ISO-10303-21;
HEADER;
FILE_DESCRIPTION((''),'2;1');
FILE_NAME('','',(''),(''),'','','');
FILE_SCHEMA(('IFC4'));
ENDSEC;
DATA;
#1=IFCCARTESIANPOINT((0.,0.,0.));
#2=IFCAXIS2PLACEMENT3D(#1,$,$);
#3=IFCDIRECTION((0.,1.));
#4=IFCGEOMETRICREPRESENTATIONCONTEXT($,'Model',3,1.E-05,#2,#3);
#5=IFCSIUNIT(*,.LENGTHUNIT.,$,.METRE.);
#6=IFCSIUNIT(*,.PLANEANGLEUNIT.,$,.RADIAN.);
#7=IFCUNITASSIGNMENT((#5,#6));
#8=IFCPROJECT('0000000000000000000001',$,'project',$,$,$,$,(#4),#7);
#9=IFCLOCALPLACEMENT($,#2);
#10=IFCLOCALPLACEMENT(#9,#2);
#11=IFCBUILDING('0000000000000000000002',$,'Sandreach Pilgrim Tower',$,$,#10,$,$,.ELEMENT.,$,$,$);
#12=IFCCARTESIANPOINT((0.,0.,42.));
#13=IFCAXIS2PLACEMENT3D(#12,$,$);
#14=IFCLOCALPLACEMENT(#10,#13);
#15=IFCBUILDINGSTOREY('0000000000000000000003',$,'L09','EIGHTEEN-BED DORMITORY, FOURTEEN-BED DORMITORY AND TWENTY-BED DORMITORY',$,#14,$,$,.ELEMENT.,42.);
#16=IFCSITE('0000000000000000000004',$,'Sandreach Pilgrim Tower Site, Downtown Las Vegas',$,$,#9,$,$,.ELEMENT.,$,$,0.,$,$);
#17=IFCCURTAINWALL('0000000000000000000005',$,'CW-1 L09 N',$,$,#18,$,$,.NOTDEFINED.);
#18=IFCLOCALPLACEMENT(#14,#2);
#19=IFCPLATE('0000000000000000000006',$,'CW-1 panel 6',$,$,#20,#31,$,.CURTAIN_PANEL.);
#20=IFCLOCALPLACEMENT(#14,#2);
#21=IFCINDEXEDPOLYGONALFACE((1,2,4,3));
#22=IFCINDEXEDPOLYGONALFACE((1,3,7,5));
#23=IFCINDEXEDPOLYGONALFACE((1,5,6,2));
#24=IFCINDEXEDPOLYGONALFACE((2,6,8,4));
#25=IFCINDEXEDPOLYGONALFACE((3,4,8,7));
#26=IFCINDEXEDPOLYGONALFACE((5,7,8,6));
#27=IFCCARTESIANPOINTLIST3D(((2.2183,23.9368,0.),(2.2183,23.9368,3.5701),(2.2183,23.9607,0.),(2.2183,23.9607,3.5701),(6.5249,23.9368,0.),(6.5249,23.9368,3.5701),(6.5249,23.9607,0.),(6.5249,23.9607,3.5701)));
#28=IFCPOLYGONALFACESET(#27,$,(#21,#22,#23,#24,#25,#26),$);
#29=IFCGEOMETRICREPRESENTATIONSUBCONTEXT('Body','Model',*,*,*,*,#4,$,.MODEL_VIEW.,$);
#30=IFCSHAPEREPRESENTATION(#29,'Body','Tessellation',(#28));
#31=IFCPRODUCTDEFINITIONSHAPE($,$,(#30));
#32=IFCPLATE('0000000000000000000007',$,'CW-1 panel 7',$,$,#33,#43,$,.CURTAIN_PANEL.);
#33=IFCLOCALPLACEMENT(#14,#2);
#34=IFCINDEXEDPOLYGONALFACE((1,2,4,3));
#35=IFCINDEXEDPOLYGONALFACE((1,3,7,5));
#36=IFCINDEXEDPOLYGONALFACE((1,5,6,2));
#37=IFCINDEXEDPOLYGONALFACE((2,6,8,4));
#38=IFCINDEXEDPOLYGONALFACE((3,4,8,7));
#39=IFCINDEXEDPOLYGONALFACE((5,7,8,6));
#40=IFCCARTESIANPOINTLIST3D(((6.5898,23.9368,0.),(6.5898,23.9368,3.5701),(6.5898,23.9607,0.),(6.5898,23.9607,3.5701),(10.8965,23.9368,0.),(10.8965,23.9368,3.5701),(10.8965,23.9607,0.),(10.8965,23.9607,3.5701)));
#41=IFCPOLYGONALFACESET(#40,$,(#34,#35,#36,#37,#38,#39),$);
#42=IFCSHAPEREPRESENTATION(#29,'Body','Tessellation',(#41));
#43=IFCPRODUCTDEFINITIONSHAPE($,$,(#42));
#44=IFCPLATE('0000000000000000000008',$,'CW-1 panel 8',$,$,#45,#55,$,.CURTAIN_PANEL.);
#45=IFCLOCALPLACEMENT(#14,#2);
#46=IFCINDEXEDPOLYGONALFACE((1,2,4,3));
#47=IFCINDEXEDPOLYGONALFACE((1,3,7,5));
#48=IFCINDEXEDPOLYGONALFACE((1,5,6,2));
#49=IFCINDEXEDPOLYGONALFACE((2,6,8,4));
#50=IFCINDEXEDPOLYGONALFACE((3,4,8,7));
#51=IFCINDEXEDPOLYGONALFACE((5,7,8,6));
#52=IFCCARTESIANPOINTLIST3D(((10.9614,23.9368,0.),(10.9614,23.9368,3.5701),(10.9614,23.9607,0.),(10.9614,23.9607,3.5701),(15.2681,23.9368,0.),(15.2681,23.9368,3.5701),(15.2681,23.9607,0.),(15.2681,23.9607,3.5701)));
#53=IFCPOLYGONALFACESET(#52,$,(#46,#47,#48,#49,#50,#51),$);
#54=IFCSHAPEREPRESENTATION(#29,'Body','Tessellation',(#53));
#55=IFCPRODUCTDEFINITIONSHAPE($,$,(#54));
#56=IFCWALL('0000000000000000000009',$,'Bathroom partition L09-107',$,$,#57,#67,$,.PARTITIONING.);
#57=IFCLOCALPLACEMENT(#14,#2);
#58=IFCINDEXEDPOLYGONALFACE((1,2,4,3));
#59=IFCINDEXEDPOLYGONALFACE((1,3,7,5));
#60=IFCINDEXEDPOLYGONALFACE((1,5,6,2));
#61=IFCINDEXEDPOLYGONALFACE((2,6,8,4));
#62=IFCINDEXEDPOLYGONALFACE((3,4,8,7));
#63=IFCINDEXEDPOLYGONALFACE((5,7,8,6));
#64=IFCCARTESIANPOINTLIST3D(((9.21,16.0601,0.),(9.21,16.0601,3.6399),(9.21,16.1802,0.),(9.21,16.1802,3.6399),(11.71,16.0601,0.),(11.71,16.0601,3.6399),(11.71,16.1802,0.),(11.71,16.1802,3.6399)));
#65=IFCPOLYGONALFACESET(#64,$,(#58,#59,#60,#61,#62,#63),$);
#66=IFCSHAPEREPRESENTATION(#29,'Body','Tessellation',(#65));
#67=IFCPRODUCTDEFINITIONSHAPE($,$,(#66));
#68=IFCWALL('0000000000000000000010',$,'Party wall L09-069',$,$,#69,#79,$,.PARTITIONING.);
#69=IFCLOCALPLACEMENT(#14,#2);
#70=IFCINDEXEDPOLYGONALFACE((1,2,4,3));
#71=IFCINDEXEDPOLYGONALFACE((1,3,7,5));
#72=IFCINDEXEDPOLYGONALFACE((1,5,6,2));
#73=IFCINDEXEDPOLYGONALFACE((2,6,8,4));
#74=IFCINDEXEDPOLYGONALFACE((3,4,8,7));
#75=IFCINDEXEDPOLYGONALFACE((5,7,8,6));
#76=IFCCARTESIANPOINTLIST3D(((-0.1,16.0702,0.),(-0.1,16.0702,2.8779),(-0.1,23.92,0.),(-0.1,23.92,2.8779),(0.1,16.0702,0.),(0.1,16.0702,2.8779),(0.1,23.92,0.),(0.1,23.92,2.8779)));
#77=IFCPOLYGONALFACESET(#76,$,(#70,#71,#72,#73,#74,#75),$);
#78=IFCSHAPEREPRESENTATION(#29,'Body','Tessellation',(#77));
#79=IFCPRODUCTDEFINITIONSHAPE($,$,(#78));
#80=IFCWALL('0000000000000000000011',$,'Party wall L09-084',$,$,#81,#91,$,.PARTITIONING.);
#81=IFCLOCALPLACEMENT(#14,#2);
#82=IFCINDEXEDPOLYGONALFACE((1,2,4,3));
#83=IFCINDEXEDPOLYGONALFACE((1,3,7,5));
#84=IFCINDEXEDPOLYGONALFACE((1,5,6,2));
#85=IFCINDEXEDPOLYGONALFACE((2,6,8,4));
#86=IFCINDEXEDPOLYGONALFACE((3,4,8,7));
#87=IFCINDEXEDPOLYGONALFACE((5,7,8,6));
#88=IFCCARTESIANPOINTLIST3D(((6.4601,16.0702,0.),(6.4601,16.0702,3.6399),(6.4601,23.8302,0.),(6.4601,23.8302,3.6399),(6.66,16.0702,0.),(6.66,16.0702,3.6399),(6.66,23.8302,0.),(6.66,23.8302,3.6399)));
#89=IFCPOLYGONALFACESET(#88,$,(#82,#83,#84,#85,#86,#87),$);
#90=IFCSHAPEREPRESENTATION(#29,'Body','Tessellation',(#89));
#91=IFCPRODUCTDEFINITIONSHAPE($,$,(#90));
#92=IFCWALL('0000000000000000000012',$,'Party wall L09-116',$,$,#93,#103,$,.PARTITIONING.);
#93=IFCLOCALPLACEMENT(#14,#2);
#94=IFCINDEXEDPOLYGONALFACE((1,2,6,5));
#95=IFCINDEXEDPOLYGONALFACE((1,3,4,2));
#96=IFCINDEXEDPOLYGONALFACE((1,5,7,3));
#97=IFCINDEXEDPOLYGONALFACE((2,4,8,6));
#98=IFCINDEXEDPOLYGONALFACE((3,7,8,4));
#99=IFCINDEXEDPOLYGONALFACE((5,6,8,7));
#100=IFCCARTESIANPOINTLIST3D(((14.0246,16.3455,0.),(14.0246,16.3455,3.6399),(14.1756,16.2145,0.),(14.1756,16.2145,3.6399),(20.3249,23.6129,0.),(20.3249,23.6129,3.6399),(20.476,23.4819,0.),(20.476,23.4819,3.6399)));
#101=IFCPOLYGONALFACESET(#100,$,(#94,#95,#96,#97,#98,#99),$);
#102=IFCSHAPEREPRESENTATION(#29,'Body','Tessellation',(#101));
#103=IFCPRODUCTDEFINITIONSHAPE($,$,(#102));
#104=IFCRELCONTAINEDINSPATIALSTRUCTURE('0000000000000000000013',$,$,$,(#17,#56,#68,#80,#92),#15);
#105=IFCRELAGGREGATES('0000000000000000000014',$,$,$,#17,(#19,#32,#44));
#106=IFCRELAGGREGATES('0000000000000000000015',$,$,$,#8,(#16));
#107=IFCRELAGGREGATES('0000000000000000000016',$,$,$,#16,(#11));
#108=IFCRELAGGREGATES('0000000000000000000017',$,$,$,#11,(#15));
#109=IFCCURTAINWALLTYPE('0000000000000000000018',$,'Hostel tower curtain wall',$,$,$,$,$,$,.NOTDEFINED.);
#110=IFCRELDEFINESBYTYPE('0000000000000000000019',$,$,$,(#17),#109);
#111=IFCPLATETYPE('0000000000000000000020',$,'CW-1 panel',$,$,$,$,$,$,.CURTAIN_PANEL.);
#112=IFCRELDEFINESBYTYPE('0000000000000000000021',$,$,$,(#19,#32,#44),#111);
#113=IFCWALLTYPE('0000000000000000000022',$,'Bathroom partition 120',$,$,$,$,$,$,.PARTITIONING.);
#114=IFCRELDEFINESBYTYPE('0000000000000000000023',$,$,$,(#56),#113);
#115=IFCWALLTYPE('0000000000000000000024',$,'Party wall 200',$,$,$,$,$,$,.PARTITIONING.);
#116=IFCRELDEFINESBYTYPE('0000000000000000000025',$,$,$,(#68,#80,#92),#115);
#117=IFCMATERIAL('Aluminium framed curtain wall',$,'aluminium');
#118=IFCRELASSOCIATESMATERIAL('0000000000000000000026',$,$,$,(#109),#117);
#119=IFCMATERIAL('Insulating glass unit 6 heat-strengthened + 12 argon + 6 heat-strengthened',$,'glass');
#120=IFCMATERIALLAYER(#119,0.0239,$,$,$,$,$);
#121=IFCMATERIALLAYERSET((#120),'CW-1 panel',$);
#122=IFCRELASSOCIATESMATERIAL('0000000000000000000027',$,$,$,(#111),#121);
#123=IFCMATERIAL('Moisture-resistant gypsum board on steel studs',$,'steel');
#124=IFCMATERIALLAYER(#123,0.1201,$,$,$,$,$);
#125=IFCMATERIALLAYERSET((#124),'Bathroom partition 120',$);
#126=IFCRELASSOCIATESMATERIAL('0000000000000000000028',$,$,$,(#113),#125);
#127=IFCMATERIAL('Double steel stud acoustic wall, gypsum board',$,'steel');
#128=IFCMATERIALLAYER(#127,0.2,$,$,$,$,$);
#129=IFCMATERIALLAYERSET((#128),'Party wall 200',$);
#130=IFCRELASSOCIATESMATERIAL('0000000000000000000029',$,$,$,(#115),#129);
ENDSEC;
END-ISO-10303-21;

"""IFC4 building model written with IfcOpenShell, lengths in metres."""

from ifc_helpers import new_model, si_unit, direction, frame, frame_2d, origin, origin_2d, place, context, subcontext, project, spatial, rectangle, extrude, material, layer, layer_set, type_object, element, aggregate, save


model = new_model("IFC4")

# Units and contexts
model_context = context("Model", 3, precision=1e-05, world=origin(), true_north=direction((0.0, 1.0)))
body_context = subcontext(model_context, "Body", "Model", "MODEL_VIEW")
ifc_project = project(units=[si_unit("LENGTHUNIT", "METRE"), si_unit("PLANEANGLEUNIT", "RADIAN")], contexts=[model_context])

# Site, building, storey
site_placement = place(None, origin())
site = spatial("IfcSite", under=ifc_project, at=site_placement, Name="Sandreach Pilgrim Tower Site, Downtown Las Vegas", CompositionType="ELEMENT", RefElevation=0.0)
building_placement = place(site_placement, origin())
building = spatial("IfcBuilding", under=site, at=building_placement, Name="Sandreach Pilgrim Tower", CompositionType="ELEMENT")
storey_placement = place(building_placement, frame((0.0, 0.0, 42.0)))
storey = spatial("IfcBuildingStorey", under=building, at=storey_placement, Name="L09", Description="EIGHTEEN-BED DORMITORY, FOURTEEN-BED DORMITORY AND TWENTY-BED DORMITORY", CompositionType="ELEMENT", Elevation=42.0)

# Curtain wall
ifc_material_1 = material(Name="Aluminium framed curtain wall", Category="aluminium")
curtain_wall_type = type_object("IfcCurtainWallType", Name="Hostel tower curtain wall", PredefinedType="NOTDEFINED", material=ifc_material_1)
curtain_wall_placement = place(storey_placement, origin())
curtain_wall = element("IfcCurtainWall", 1, at=curtain_wall_placement, inside=storey, type_object=curtain_wall_type, Name="CW-1 L09 N", PredefinedType="NOTDEFINED")

# Plates
ifc_material_2 = material(Name="Insulating glass unit 6 heat-strengthened + 12 argon + 6 heat-strengthened", Category="glass")
ifc_layer_1 = layer(ifc_material_2, 0.0239)
ifc_layer_set_1 = layer_set([ifc_layer_1], Name="CW-1 panel")
plate_type = type_object("IfcPlateType", Name="CW-1 panel", PredefinedType="CURTAIN_PANEL", material=ifc_layer_set_1)
plate_1_placement = place(storey_placement, frame((4.3716, 23.9487, 0.0), z_axis=(0.0, 0.0, 1.0), x_axis=(1.0, 0.0, 0.0)))
plate_1 = element("IfcPlate", 2, at=plate_1_placement, type_object=plate_type, Name="CW-1 panel 6", PredefinedType="CURTAIN_PANEL", context=body_context, shape_type="SweptSolid", body=[
    extrude(rectangle(XDim=4.3066, YDim=0.0239, at=origin_2d()), origin(), (0.0, 0.0, 1.0), 3.5701),
])
plate_2_placement = place(storey_placement, frame((8.7432, 23.9487, 0.0), z_axis=(0.0, 0.0, 1.0), x_axis=(1.0, 0.0, 0.0)))
plate_2 = element("IfcPlate", 3, at=plate_2_placement, type_object=plate_type, Name="CW-1 panel 7", PredefinedType="CURTAIN_PANEL", context=body_context, shape_type="SweptSolid", body=[
    extrude(rectangle(XDim=4.3066, YDim=0.0239, at=origin_2d()), origin(), (0.0, 0.0, 1.0), 3.5701),
])
plate_3_placement = place(storey_placement, frame((13.1147, 23.9487, 0.0), z_axis=(0.0, 0.0, 1.0), x_axis=(1.0, 0.0, 0.0)))
plate_3 = element("IfcPlate", 4, at=plate_3_placement, type_object=plate_type, Name="CW-1 panel 8", PredefinedType="CURTAIN_PANEL", context=body_context, shape_type="SweptSolid", body=[
    extrude(rectangle(XDim=4.3066, YDim=0.0239, at=origin_2d()), origin(), (0.0, 0.0, 1.0), 3.5701),
])
aggregate(curtain_wall, [plate_1, plate_2, plate_3])

# Walls
ifc_material_3 = material(Name="Moisture-resistant gypsum board on steel studs", Category="steel")
ifc_layer_2 = layer(ifc_material_3, 0.1201)
ifc_layer_set_2 = layer_set([ifc_layer_2], Name="Bathroom partition 120")
wall_type_1 = type_object("IfcWallType", Name="Bathroom partition 120", PredefinedType="PARTITIONING", material=ifc_layer_set_2)
wall_1_placement = place(storey_placement, frame((11.71, 16.1201, 0.0), z_axis=(0.0, 0.0, 1.0), x_axis=(-1.0, 0.0, 0.0)))
element("IfcWall", 5, at=wall_1_placement, inside=storey, type_object=wall_type_1, Name="Bathroom partition L09-107", PredefinedType="PARTITIONING", context=body_context, shape_type="SweptSolid", body=[
    extrude(rectangle(XDim=2.5, YDim=0.1201, at=frame_2d((1.25, 0.0))), origin(), (0.0, 0.0, 1.0), 3.6399),
])
ifc_material_4 = material(Name="Double steel stud acoustic wall, gypsum board", Category="steel")
ifc_layer_3 = layer(ifc_material_4, 0.2)
ifc_layer_set_3 = layer_set([ifc_layer_3], Name="Party wall 200")
wall_type_2 = type_object("IfcWallType", Name="Party wall 200", PredefinedType="PARTITIONING", material=ifc_layer_set_3)
wall_2_placement = place(storey_placement, frame((0.0, 23.9199, 0.0), z_axis=(0.0, 0.0, 1.0), x_axis=(0.0, -1.0, 0.0)))
element("IfcWall", 6, at=wall_2_placement, inside=storey, type_object=wall_type_2, Name="Party wall L09-069", PredefinedType="PARTITIONING", context=body_context, shape_type="SweptSolid", body=[
    extrude(rectangle(XDim=7.8499, YDim=0.2, at=frame_2d((3.9248, 0.0))), origin(), (0.0, 0.0, 1.0), 2.8779),
])
wall_3_placement = place(storey_placement, frame((6.5601, 23.8301, 0.0), z_axis=(0.0, 0.0, 1.0), x_axis=(0.0, -1.0, 0.0)))
element("IfcWall", 7, at=wall_3_placement, inside=storey, type_object=wall_type_2, Name="Party wall L09-084", PredefinedType="PARTITIONING", context=body_context, shape_type="SweptSolid", body=[
    extrude(rectangle(XDim=7.76, YDim=0.2, at=frame_2d((3.8799, 0.0))), origin(), (0.0, 0.0, 1.0), 3.6399),
])
wall_4_placement = place(storey_placement, frame((14.1001, 16.28, 0.0), z_axis=(0.0, 0.0, 1.0), x_axis=(0.655046, 0.755589, 0.0)))
element("IfcWall", 8, at=wall_4_placement, inside=storey, type_object=wall_type_2, Name="Party wall L09-116", PredefinedType="PARTITIONING", context=body_context, shape_type="SweptSolid", body=[
    extrude(rectangle(XDim=9.6182, YDim=0.2, at=frame_2d((4.8091, 0.0))), origin(), (0.0, 0.0, 1.0), 3.6399),
])

save(model, "model.ifc")
